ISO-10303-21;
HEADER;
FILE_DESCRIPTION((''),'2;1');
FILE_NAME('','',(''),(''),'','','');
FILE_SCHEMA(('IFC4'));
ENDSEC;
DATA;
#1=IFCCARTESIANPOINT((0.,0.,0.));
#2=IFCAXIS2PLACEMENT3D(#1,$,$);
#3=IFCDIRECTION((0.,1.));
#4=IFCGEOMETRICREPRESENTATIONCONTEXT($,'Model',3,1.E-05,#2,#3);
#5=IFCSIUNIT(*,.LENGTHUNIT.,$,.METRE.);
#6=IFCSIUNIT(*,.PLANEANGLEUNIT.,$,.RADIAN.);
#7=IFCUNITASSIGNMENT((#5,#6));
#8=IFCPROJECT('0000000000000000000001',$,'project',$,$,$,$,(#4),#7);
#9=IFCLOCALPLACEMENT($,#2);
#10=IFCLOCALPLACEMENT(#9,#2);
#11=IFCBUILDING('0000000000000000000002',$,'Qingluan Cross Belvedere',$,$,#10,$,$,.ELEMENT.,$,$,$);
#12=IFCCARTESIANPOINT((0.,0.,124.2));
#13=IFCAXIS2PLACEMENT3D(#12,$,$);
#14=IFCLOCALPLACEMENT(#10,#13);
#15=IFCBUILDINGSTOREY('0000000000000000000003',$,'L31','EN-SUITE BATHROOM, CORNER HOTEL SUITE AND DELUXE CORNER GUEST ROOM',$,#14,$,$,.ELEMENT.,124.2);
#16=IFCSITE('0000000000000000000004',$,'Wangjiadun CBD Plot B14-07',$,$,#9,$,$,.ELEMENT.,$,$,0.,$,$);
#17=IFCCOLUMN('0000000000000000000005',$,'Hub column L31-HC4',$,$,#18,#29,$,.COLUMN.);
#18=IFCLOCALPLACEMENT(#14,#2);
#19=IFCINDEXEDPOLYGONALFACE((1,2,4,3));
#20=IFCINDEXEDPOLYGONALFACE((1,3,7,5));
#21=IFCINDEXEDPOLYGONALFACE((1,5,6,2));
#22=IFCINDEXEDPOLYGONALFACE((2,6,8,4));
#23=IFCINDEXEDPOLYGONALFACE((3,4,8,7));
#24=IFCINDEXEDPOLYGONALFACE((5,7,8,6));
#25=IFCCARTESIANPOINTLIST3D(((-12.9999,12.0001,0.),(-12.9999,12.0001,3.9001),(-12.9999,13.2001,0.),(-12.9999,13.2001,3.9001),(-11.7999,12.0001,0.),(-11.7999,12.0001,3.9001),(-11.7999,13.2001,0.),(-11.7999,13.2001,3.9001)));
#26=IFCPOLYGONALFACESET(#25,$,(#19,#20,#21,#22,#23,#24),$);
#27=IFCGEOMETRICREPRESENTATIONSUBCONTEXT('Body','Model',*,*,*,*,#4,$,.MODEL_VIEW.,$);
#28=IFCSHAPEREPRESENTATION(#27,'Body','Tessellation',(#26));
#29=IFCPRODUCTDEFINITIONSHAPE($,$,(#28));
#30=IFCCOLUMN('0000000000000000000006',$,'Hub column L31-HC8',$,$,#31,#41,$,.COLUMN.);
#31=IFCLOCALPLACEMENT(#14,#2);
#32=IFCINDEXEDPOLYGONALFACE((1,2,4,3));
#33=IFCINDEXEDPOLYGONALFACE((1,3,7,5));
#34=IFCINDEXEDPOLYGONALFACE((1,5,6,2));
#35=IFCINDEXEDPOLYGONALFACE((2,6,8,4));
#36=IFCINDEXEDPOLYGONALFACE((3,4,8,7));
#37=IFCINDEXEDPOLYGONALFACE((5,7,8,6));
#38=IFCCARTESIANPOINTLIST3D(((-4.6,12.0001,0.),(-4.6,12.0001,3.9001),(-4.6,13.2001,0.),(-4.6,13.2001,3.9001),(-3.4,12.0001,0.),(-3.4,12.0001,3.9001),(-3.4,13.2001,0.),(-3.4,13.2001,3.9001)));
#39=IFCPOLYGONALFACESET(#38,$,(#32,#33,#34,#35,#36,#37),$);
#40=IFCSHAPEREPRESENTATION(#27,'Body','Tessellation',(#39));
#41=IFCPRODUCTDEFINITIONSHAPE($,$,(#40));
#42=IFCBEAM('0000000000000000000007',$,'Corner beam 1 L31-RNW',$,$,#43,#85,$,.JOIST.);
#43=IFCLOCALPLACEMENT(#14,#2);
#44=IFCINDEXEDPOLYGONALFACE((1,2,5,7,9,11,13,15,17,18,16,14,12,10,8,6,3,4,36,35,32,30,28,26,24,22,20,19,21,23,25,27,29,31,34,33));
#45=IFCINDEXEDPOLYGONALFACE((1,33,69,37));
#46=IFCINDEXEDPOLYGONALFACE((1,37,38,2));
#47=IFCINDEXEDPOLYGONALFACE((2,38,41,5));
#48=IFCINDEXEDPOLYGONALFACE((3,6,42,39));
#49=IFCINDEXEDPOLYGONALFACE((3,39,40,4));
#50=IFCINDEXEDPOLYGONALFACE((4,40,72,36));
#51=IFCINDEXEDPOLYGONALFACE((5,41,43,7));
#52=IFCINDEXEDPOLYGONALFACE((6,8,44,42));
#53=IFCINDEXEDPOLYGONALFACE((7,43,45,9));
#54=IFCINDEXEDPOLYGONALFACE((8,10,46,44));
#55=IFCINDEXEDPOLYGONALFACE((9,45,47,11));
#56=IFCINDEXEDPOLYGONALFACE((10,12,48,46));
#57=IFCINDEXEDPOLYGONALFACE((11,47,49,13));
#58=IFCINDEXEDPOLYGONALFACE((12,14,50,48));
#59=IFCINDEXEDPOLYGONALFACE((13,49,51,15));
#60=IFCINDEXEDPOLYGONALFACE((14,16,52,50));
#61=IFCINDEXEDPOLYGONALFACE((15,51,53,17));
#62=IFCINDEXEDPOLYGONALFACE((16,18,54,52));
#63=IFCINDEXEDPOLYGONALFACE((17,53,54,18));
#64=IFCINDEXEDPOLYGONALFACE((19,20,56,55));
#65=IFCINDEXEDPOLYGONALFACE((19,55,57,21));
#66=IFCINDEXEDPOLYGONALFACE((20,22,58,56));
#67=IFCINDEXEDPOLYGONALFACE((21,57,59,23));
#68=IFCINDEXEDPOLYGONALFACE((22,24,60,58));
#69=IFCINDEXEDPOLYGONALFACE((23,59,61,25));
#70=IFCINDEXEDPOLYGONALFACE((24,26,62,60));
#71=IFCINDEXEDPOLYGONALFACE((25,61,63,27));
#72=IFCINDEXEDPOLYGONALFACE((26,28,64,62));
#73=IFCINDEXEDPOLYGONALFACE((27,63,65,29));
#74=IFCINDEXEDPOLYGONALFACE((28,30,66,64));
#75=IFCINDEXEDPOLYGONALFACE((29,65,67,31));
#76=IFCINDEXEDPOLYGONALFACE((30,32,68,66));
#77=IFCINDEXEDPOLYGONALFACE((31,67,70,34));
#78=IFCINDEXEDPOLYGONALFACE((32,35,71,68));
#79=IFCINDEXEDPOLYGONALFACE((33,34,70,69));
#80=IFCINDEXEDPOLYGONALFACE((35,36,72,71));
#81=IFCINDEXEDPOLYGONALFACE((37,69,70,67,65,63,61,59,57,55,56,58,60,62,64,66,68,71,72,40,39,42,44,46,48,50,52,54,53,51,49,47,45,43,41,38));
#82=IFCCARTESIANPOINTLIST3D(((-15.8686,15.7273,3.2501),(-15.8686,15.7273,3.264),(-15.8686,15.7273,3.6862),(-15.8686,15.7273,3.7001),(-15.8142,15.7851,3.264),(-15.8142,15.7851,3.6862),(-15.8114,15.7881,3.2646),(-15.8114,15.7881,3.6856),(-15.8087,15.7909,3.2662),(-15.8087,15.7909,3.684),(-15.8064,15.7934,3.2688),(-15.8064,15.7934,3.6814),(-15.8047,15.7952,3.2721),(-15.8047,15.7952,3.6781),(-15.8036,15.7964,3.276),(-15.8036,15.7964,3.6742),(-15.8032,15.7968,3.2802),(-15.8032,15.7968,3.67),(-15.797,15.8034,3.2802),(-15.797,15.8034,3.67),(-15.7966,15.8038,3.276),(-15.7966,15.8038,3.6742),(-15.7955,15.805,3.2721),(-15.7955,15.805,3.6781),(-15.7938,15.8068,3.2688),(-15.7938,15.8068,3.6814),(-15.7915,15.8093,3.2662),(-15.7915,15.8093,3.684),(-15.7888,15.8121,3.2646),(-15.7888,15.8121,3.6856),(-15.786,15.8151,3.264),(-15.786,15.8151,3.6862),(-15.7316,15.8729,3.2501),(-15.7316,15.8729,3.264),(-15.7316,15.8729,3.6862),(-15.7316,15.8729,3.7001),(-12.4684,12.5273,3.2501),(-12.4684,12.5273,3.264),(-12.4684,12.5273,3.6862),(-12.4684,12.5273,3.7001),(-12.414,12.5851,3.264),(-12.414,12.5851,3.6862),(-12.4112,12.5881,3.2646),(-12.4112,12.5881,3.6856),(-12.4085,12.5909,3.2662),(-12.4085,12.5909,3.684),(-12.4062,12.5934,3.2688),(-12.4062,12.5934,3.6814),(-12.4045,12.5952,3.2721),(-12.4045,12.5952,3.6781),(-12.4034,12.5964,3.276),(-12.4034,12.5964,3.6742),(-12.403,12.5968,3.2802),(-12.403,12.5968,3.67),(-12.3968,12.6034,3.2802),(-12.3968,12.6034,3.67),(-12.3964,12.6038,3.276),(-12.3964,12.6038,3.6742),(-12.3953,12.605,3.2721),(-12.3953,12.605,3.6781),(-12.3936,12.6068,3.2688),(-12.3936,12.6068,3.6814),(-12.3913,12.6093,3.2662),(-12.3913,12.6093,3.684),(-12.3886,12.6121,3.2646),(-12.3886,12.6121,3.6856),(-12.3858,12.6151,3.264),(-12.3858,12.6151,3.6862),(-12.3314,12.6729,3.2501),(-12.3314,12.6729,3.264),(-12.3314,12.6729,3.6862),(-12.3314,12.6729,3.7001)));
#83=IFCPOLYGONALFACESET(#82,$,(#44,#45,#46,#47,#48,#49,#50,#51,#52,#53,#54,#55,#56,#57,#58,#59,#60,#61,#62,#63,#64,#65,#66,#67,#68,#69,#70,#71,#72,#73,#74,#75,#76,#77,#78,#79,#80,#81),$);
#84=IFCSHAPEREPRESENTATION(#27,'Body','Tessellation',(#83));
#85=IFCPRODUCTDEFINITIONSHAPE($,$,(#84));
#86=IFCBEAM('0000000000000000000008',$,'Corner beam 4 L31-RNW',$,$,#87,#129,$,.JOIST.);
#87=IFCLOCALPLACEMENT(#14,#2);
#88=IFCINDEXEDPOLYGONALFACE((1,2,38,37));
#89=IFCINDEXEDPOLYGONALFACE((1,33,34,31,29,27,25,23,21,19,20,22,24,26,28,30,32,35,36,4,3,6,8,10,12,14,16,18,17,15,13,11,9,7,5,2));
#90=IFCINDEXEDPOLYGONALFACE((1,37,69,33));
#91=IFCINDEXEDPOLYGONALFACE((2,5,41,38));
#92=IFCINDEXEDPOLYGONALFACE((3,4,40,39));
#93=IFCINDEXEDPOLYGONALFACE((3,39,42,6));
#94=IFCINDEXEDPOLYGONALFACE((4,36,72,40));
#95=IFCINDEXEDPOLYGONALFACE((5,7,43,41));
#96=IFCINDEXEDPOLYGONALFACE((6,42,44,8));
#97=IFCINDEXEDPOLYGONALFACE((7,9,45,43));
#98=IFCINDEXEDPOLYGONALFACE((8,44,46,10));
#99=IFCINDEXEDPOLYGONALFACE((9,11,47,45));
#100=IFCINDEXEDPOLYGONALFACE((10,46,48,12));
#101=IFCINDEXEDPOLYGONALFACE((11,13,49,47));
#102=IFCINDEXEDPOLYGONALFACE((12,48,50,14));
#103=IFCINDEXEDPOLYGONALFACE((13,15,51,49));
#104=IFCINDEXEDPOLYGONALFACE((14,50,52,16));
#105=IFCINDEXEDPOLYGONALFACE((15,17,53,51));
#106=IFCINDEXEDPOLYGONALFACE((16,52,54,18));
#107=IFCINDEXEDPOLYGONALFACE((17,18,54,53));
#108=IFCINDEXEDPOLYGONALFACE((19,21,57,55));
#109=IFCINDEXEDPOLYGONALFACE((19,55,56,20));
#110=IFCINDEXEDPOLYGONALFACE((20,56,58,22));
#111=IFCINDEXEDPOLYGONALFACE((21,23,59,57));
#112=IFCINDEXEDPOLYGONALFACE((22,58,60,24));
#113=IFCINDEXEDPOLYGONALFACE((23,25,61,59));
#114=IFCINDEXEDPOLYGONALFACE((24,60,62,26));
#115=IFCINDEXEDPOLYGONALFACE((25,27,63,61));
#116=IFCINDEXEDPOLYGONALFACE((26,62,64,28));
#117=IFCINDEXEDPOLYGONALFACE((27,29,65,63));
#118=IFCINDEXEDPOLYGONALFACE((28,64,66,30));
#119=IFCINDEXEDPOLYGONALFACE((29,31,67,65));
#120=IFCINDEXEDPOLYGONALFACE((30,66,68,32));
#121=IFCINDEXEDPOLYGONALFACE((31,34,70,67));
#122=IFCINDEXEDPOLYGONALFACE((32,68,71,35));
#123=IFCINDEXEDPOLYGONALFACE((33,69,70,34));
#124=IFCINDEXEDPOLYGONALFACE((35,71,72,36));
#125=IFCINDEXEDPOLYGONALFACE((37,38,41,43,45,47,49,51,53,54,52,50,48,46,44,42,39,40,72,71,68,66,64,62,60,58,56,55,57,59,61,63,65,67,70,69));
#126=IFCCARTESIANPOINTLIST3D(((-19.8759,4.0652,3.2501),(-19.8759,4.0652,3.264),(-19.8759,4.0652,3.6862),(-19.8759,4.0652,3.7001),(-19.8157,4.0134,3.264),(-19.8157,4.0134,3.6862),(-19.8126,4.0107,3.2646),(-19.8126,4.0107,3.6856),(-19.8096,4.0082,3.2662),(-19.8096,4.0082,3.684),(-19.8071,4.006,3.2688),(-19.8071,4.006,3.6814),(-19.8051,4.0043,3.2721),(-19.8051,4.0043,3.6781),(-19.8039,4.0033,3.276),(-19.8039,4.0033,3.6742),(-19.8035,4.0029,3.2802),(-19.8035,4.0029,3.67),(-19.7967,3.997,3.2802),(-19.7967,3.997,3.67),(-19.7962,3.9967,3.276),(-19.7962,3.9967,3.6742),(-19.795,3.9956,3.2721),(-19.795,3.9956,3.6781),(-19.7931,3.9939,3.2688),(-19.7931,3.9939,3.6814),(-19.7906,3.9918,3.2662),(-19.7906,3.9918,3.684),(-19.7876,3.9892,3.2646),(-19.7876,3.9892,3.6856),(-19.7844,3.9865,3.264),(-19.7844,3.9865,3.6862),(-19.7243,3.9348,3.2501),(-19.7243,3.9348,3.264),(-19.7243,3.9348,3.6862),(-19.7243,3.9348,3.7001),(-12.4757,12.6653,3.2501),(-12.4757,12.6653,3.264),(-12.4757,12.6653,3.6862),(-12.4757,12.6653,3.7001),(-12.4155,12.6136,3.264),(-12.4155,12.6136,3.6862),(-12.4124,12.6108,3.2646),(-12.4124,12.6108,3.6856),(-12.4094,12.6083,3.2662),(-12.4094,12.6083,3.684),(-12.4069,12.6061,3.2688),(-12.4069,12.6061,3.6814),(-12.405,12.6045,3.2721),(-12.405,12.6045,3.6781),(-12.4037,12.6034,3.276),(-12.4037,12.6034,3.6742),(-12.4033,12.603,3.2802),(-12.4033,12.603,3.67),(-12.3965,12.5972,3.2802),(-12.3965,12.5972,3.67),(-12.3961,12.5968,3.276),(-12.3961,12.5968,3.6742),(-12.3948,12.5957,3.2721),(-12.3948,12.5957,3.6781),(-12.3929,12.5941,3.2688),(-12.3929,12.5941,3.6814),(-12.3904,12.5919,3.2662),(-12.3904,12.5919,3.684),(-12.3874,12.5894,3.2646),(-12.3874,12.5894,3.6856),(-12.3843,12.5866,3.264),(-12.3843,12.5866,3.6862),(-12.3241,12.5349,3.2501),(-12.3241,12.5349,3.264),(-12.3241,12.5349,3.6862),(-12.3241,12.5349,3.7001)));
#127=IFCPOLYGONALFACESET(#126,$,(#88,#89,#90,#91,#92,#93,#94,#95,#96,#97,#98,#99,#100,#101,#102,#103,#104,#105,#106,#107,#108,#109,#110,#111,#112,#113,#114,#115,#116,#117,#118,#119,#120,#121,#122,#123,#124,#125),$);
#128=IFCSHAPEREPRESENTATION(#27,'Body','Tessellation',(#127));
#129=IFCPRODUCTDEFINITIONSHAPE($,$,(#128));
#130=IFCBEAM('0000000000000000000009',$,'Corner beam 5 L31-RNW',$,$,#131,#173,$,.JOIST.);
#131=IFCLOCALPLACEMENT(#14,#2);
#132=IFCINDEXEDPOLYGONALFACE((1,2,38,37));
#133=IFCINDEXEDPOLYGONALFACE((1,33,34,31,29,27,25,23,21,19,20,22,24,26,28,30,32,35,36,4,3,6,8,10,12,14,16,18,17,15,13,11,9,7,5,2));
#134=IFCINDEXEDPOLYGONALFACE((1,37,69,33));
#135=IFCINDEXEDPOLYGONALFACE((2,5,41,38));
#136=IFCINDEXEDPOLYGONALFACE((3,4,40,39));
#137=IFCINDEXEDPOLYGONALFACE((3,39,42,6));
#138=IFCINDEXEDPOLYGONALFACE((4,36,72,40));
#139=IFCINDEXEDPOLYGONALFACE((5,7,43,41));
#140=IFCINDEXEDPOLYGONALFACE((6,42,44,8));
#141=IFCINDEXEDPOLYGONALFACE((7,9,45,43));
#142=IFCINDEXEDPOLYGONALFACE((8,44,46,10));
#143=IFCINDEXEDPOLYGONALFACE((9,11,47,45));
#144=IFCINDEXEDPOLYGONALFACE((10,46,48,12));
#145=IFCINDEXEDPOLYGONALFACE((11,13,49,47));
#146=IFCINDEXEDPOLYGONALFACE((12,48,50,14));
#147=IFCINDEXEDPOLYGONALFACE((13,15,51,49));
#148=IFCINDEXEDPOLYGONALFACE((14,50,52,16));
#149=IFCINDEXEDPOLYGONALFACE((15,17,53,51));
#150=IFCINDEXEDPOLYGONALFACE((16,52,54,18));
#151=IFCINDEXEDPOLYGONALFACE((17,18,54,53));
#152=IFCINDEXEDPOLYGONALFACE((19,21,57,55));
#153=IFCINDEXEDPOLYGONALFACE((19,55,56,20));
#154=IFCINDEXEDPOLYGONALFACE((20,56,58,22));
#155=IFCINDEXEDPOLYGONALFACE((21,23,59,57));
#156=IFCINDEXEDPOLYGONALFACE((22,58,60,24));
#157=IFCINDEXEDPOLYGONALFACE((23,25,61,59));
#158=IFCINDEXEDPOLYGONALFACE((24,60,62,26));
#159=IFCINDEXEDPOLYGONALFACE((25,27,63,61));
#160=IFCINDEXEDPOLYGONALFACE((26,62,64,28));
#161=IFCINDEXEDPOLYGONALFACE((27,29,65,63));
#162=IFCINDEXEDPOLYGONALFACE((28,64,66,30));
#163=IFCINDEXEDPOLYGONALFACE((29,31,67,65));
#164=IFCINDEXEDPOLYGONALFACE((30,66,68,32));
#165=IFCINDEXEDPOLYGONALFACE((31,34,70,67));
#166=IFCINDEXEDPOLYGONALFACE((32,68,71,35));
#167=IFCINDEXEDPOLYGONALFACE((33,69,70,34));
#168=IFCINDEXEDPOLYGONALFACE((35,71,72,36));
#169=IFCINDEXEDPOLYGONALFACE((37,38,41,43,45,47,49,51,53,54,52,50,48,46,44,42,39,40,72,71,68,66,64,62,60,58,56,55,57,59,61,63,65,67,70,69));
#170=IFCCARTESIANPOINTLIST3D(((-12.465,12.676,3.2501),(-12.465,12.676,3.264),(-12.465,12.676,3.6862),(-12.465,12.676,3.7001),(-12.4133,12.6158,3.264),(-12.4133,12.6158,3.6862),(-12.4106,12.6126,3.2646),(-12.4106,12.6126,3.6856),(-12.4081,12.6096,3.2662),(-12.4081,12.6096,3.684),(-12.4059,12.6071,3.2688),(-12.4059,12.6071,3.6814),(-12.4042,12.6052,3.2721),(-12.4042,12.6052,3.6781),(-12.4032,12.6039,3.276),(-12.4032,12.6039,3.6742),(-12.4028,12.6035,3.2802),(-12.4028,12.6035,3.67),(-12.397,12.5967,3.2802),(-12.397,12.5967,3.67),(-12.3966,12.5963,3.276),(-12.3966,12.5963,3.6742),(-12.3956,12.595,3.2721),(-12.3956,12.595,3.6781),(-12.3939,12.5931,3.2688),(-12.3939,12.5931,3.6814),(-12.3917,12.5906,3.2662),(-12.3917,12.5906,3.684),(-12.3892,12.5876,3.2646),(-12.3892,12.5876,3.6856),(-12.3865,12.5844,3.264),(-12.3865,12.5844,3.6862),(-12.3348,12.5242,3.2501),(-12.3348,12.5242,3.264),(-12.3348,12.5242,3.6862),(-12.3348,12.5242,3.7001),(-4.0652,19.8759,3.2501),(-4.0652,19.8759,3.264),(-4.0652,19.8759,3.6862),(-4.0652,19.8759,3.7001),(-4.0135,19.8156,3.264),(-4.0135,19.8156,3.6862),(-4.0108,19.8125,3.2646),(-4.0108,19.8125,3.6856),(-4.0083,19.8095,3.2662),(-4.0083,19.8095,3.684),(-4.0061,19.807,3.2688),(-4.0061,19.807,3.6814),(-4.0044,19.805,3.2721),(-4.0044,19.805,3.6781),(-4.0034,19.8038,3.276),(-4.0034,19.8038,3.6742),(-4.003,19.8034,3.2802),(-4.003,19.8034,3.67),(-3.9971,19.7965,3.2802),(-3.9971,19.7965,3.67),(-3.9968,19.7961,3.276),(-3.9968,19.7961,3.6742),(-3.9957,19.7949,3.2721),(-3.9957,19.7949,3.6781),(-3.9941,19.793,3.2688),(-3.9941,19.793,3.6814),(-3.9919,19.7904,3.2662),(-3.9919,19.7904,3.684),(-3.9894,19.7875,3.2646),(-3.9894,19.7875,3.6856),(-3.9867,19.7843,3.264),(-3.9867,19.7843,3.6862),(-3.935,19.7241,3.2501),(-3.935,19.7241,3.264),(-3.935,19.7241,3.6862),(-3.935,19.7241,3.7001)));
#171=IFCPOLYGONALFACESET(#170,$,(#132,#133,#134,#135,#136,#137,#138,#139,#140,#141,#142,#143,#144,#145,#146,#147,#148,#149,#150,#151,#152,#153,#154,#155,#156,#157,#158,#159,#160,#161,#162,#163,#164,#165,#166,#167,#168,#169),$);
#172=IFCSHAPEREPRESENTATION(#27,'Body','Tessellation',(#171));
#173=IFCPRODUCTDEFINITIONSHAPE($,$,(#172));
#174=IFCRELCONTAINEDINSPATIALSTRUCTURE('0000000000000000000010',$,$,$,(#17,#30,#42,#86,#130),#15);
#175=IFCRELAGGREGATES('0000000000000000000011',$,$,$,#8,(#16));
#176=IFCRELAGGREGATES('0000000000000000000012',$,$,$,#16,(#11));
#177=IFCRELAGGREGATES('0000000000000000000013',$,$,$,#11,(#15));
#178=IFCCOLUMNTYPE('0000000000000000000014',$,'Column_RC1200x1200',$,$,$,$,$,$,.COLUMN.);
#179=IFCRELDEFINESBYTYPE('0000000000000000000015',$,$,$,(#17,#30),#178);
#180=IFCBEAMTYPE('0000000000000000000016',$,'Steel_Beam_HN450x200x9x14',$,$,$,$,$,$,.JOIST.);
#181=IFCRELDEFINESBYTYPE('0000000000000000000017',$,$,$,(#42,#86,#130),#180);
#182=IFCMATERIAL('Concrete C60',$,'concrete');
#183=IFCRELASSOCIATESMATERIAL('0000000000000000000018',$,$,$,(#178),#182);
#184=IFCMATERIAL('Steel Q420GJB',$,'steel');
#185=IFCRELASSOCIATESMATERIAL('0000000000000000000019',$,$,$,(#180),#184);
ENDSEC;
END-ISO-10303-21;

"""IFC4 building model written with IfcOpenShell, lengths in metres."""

from ifc_helpers import new_model, si_unit, direction, frame, origin, origin_2d, place, context, subcontext, project, spatial, rectangle, i_section, extrude, material, material_profile, profile_set, type_object, element, save


model = new_model("IFC4")

# Units and contexts
model_context = context("Model", 3, precision=1e-05, world=origin(), true_north=direction((0.0, 1.0)))
body_context = subcontext(model_context, "Body", "Model", "MODEL_VIEW")
ifc_project = project(units=[si_unit("LENGTHUNIT", "METRE"), si_unit("PLANEANGLEUNIT", "RADIAN")], contexts=[model_context])

# Site, building, storey
site_placement = place(None, origin())
site = spatial("IfcSite", under=ifc_project, at=site_placement, Name="Wangjiadun CBD Plot B14-07", CompositionType="ELEMENT", RefElevation=0.0)
building_placement = place(site_placement, origin())
building = spatial("IfcBuilding", under=site, at=building_placement, Name="Qingluan Cross Belvedere", CompositionType="ELEMENT")
storey_placement = place(building_placement, frame((0.0, 0.0, 124.2)))
storey = spatial("IfcBuildingStorey", under=building, at=storey_placement, Name="L31", Description="EN-SUITE BATHROOM, CORNER HOTEL SUITE AND DELUXE CORNER GUEST ROOM", CompositionType="ELEMENT", Elevation=124.2)

# Columns
ifc_material_1 = material(Name="Concrete C60", Category="concrete")
ifc_material_profile_1 = material_profile(ifc_material_1, rectangle(XDim=1.2, YDim=1.2, at=origin_2d()), Name="RC1200x1200")
ifc_profile_set_1 = profile_set([ifc_material_profile_1], Name="Concrete C60")
column_type = type_object("IfcColumnType", Name="Column_RC1200x1200", PredefinedType="COLUMN", material=ifc_profile_set_1)
for number, where, z_axis, x_axis, name in (
    (1, (-12.3999, 12.6001, 0.0), (0.0, 0.0, 1.0), (1.0, 0.0, 0.0), "Hub column L31-HC4"),
    (2, (-4.0, 12.6001, 0.0), (0.0, 0.0, 1.0), (1.0, 0.0, 0.0), "Hub column L31-HC8"),
):
    element("IfcColumn", number, at=place(storey_placement, frame(where, z_axis=z_axis, x_axis=x_axis)), inside=storey, type_object=column_type, Name=name, PredefinedType="COLUMN", context=body_context, shape_type="SweptSolid", body=[
        extrude(rectangle(XDim=1.2, YDim=1.2, at=origin_2d()), origin(), (0.0, 0.0, 1.0), 3.9001),
    ])

# Beams
ifc_material_2 = material(Name="Steel Q420GJB", Category="steel")
ifc_material_profile_2 = material_profile(ifc_material_2, i_section(OverallWidth=0.2, OverallDepth=0.45, WebThickness=0.009, FlangeThickness=0.0139, FilletRadius=0.0161, at=origin_2d()), Name="HN450x200x9x14")
ifc_profile_set_2 = profile_set([ifc_material_profile_2], Name="Steel Q420GJB")
beam_type_1 = type_object("IfcBeamType", Name="Steel_Beam_HN450x200x9x14", PredefinedType="JOIST", material=ifc_profile_set_2)
beam_1_placement = place(storey_placement, frame((-12.3999, 12.6001, 3.4751), z_axis=(-0.72822, 0.685343, 0.0), x_axis=(-0.685343, -0.72822, 0.0)))
element("IfcBeam", 3, at=beam_1_placement, inside=storey, type_object=beam_type_1, Name="Corner beam 1 L31-RNW", PredefinedType="JOIST", context=body_context, shape_type="SweptSolid", body=[
    extrude(i_section(OverallWidth=0.2, OverallDepth=0.45, WebThickness=0.009, FlangeThickness=0.0139, FilletRadius=0.0161, at=origin_2d()), origin(), (0.0, 0.0, 1.0), 4.6692),
])
beam_2_placement = place(storey_placement, frame((-12.3999, 12.6001, 3.4751), z_axis=(-0.652245, -0.758008, 0.0), x_axis=(0.758008, -0.652245, 0.0)))
element("IfcBeam", 4, at=beam_2_placement, inside=storey, type_object=beam_type_1, Name="Corner beam 4 L31-RNW", PredefinedType="JOIST", context=body_context, shape_type="SweptSolid", body=[
    extrude(i_section(OverallWidth=0.2, OverallDepth=0.45, WebThickness=0.009, FlangeThickness=0.0139, FilletRadius=0.0161, at=origin_2d()), origin(), (0.0, 0.0, 1.0), 11.3457),
])
beam_3_placement = place(storey_placement, frame((-12.3999, 12.6001, 3.4751), z_axis=(0.759255, 0.650793, 0.0), x_axis=(-0.650793, 0.759255, 0.0)))
element("IfcBeam", 5, at=beam_3_placement, inside=storey, type_object=beam_type_1, Name="Corner beam 5 L31-RNW", PredefinedType="JOIST", context=body_context, shape_type="SweptSolid", body=[
    extrude(i_section(OverallWidth=0.2, OverallDepth=0.45, WebThickness=0.009, FlangeThickness=0.0139, FilletRadius=0.0161, at=origin_2d()), origin(), (0.0, 0.0, 1.0), 11.0632),
])

save(model, "model.ifc")
